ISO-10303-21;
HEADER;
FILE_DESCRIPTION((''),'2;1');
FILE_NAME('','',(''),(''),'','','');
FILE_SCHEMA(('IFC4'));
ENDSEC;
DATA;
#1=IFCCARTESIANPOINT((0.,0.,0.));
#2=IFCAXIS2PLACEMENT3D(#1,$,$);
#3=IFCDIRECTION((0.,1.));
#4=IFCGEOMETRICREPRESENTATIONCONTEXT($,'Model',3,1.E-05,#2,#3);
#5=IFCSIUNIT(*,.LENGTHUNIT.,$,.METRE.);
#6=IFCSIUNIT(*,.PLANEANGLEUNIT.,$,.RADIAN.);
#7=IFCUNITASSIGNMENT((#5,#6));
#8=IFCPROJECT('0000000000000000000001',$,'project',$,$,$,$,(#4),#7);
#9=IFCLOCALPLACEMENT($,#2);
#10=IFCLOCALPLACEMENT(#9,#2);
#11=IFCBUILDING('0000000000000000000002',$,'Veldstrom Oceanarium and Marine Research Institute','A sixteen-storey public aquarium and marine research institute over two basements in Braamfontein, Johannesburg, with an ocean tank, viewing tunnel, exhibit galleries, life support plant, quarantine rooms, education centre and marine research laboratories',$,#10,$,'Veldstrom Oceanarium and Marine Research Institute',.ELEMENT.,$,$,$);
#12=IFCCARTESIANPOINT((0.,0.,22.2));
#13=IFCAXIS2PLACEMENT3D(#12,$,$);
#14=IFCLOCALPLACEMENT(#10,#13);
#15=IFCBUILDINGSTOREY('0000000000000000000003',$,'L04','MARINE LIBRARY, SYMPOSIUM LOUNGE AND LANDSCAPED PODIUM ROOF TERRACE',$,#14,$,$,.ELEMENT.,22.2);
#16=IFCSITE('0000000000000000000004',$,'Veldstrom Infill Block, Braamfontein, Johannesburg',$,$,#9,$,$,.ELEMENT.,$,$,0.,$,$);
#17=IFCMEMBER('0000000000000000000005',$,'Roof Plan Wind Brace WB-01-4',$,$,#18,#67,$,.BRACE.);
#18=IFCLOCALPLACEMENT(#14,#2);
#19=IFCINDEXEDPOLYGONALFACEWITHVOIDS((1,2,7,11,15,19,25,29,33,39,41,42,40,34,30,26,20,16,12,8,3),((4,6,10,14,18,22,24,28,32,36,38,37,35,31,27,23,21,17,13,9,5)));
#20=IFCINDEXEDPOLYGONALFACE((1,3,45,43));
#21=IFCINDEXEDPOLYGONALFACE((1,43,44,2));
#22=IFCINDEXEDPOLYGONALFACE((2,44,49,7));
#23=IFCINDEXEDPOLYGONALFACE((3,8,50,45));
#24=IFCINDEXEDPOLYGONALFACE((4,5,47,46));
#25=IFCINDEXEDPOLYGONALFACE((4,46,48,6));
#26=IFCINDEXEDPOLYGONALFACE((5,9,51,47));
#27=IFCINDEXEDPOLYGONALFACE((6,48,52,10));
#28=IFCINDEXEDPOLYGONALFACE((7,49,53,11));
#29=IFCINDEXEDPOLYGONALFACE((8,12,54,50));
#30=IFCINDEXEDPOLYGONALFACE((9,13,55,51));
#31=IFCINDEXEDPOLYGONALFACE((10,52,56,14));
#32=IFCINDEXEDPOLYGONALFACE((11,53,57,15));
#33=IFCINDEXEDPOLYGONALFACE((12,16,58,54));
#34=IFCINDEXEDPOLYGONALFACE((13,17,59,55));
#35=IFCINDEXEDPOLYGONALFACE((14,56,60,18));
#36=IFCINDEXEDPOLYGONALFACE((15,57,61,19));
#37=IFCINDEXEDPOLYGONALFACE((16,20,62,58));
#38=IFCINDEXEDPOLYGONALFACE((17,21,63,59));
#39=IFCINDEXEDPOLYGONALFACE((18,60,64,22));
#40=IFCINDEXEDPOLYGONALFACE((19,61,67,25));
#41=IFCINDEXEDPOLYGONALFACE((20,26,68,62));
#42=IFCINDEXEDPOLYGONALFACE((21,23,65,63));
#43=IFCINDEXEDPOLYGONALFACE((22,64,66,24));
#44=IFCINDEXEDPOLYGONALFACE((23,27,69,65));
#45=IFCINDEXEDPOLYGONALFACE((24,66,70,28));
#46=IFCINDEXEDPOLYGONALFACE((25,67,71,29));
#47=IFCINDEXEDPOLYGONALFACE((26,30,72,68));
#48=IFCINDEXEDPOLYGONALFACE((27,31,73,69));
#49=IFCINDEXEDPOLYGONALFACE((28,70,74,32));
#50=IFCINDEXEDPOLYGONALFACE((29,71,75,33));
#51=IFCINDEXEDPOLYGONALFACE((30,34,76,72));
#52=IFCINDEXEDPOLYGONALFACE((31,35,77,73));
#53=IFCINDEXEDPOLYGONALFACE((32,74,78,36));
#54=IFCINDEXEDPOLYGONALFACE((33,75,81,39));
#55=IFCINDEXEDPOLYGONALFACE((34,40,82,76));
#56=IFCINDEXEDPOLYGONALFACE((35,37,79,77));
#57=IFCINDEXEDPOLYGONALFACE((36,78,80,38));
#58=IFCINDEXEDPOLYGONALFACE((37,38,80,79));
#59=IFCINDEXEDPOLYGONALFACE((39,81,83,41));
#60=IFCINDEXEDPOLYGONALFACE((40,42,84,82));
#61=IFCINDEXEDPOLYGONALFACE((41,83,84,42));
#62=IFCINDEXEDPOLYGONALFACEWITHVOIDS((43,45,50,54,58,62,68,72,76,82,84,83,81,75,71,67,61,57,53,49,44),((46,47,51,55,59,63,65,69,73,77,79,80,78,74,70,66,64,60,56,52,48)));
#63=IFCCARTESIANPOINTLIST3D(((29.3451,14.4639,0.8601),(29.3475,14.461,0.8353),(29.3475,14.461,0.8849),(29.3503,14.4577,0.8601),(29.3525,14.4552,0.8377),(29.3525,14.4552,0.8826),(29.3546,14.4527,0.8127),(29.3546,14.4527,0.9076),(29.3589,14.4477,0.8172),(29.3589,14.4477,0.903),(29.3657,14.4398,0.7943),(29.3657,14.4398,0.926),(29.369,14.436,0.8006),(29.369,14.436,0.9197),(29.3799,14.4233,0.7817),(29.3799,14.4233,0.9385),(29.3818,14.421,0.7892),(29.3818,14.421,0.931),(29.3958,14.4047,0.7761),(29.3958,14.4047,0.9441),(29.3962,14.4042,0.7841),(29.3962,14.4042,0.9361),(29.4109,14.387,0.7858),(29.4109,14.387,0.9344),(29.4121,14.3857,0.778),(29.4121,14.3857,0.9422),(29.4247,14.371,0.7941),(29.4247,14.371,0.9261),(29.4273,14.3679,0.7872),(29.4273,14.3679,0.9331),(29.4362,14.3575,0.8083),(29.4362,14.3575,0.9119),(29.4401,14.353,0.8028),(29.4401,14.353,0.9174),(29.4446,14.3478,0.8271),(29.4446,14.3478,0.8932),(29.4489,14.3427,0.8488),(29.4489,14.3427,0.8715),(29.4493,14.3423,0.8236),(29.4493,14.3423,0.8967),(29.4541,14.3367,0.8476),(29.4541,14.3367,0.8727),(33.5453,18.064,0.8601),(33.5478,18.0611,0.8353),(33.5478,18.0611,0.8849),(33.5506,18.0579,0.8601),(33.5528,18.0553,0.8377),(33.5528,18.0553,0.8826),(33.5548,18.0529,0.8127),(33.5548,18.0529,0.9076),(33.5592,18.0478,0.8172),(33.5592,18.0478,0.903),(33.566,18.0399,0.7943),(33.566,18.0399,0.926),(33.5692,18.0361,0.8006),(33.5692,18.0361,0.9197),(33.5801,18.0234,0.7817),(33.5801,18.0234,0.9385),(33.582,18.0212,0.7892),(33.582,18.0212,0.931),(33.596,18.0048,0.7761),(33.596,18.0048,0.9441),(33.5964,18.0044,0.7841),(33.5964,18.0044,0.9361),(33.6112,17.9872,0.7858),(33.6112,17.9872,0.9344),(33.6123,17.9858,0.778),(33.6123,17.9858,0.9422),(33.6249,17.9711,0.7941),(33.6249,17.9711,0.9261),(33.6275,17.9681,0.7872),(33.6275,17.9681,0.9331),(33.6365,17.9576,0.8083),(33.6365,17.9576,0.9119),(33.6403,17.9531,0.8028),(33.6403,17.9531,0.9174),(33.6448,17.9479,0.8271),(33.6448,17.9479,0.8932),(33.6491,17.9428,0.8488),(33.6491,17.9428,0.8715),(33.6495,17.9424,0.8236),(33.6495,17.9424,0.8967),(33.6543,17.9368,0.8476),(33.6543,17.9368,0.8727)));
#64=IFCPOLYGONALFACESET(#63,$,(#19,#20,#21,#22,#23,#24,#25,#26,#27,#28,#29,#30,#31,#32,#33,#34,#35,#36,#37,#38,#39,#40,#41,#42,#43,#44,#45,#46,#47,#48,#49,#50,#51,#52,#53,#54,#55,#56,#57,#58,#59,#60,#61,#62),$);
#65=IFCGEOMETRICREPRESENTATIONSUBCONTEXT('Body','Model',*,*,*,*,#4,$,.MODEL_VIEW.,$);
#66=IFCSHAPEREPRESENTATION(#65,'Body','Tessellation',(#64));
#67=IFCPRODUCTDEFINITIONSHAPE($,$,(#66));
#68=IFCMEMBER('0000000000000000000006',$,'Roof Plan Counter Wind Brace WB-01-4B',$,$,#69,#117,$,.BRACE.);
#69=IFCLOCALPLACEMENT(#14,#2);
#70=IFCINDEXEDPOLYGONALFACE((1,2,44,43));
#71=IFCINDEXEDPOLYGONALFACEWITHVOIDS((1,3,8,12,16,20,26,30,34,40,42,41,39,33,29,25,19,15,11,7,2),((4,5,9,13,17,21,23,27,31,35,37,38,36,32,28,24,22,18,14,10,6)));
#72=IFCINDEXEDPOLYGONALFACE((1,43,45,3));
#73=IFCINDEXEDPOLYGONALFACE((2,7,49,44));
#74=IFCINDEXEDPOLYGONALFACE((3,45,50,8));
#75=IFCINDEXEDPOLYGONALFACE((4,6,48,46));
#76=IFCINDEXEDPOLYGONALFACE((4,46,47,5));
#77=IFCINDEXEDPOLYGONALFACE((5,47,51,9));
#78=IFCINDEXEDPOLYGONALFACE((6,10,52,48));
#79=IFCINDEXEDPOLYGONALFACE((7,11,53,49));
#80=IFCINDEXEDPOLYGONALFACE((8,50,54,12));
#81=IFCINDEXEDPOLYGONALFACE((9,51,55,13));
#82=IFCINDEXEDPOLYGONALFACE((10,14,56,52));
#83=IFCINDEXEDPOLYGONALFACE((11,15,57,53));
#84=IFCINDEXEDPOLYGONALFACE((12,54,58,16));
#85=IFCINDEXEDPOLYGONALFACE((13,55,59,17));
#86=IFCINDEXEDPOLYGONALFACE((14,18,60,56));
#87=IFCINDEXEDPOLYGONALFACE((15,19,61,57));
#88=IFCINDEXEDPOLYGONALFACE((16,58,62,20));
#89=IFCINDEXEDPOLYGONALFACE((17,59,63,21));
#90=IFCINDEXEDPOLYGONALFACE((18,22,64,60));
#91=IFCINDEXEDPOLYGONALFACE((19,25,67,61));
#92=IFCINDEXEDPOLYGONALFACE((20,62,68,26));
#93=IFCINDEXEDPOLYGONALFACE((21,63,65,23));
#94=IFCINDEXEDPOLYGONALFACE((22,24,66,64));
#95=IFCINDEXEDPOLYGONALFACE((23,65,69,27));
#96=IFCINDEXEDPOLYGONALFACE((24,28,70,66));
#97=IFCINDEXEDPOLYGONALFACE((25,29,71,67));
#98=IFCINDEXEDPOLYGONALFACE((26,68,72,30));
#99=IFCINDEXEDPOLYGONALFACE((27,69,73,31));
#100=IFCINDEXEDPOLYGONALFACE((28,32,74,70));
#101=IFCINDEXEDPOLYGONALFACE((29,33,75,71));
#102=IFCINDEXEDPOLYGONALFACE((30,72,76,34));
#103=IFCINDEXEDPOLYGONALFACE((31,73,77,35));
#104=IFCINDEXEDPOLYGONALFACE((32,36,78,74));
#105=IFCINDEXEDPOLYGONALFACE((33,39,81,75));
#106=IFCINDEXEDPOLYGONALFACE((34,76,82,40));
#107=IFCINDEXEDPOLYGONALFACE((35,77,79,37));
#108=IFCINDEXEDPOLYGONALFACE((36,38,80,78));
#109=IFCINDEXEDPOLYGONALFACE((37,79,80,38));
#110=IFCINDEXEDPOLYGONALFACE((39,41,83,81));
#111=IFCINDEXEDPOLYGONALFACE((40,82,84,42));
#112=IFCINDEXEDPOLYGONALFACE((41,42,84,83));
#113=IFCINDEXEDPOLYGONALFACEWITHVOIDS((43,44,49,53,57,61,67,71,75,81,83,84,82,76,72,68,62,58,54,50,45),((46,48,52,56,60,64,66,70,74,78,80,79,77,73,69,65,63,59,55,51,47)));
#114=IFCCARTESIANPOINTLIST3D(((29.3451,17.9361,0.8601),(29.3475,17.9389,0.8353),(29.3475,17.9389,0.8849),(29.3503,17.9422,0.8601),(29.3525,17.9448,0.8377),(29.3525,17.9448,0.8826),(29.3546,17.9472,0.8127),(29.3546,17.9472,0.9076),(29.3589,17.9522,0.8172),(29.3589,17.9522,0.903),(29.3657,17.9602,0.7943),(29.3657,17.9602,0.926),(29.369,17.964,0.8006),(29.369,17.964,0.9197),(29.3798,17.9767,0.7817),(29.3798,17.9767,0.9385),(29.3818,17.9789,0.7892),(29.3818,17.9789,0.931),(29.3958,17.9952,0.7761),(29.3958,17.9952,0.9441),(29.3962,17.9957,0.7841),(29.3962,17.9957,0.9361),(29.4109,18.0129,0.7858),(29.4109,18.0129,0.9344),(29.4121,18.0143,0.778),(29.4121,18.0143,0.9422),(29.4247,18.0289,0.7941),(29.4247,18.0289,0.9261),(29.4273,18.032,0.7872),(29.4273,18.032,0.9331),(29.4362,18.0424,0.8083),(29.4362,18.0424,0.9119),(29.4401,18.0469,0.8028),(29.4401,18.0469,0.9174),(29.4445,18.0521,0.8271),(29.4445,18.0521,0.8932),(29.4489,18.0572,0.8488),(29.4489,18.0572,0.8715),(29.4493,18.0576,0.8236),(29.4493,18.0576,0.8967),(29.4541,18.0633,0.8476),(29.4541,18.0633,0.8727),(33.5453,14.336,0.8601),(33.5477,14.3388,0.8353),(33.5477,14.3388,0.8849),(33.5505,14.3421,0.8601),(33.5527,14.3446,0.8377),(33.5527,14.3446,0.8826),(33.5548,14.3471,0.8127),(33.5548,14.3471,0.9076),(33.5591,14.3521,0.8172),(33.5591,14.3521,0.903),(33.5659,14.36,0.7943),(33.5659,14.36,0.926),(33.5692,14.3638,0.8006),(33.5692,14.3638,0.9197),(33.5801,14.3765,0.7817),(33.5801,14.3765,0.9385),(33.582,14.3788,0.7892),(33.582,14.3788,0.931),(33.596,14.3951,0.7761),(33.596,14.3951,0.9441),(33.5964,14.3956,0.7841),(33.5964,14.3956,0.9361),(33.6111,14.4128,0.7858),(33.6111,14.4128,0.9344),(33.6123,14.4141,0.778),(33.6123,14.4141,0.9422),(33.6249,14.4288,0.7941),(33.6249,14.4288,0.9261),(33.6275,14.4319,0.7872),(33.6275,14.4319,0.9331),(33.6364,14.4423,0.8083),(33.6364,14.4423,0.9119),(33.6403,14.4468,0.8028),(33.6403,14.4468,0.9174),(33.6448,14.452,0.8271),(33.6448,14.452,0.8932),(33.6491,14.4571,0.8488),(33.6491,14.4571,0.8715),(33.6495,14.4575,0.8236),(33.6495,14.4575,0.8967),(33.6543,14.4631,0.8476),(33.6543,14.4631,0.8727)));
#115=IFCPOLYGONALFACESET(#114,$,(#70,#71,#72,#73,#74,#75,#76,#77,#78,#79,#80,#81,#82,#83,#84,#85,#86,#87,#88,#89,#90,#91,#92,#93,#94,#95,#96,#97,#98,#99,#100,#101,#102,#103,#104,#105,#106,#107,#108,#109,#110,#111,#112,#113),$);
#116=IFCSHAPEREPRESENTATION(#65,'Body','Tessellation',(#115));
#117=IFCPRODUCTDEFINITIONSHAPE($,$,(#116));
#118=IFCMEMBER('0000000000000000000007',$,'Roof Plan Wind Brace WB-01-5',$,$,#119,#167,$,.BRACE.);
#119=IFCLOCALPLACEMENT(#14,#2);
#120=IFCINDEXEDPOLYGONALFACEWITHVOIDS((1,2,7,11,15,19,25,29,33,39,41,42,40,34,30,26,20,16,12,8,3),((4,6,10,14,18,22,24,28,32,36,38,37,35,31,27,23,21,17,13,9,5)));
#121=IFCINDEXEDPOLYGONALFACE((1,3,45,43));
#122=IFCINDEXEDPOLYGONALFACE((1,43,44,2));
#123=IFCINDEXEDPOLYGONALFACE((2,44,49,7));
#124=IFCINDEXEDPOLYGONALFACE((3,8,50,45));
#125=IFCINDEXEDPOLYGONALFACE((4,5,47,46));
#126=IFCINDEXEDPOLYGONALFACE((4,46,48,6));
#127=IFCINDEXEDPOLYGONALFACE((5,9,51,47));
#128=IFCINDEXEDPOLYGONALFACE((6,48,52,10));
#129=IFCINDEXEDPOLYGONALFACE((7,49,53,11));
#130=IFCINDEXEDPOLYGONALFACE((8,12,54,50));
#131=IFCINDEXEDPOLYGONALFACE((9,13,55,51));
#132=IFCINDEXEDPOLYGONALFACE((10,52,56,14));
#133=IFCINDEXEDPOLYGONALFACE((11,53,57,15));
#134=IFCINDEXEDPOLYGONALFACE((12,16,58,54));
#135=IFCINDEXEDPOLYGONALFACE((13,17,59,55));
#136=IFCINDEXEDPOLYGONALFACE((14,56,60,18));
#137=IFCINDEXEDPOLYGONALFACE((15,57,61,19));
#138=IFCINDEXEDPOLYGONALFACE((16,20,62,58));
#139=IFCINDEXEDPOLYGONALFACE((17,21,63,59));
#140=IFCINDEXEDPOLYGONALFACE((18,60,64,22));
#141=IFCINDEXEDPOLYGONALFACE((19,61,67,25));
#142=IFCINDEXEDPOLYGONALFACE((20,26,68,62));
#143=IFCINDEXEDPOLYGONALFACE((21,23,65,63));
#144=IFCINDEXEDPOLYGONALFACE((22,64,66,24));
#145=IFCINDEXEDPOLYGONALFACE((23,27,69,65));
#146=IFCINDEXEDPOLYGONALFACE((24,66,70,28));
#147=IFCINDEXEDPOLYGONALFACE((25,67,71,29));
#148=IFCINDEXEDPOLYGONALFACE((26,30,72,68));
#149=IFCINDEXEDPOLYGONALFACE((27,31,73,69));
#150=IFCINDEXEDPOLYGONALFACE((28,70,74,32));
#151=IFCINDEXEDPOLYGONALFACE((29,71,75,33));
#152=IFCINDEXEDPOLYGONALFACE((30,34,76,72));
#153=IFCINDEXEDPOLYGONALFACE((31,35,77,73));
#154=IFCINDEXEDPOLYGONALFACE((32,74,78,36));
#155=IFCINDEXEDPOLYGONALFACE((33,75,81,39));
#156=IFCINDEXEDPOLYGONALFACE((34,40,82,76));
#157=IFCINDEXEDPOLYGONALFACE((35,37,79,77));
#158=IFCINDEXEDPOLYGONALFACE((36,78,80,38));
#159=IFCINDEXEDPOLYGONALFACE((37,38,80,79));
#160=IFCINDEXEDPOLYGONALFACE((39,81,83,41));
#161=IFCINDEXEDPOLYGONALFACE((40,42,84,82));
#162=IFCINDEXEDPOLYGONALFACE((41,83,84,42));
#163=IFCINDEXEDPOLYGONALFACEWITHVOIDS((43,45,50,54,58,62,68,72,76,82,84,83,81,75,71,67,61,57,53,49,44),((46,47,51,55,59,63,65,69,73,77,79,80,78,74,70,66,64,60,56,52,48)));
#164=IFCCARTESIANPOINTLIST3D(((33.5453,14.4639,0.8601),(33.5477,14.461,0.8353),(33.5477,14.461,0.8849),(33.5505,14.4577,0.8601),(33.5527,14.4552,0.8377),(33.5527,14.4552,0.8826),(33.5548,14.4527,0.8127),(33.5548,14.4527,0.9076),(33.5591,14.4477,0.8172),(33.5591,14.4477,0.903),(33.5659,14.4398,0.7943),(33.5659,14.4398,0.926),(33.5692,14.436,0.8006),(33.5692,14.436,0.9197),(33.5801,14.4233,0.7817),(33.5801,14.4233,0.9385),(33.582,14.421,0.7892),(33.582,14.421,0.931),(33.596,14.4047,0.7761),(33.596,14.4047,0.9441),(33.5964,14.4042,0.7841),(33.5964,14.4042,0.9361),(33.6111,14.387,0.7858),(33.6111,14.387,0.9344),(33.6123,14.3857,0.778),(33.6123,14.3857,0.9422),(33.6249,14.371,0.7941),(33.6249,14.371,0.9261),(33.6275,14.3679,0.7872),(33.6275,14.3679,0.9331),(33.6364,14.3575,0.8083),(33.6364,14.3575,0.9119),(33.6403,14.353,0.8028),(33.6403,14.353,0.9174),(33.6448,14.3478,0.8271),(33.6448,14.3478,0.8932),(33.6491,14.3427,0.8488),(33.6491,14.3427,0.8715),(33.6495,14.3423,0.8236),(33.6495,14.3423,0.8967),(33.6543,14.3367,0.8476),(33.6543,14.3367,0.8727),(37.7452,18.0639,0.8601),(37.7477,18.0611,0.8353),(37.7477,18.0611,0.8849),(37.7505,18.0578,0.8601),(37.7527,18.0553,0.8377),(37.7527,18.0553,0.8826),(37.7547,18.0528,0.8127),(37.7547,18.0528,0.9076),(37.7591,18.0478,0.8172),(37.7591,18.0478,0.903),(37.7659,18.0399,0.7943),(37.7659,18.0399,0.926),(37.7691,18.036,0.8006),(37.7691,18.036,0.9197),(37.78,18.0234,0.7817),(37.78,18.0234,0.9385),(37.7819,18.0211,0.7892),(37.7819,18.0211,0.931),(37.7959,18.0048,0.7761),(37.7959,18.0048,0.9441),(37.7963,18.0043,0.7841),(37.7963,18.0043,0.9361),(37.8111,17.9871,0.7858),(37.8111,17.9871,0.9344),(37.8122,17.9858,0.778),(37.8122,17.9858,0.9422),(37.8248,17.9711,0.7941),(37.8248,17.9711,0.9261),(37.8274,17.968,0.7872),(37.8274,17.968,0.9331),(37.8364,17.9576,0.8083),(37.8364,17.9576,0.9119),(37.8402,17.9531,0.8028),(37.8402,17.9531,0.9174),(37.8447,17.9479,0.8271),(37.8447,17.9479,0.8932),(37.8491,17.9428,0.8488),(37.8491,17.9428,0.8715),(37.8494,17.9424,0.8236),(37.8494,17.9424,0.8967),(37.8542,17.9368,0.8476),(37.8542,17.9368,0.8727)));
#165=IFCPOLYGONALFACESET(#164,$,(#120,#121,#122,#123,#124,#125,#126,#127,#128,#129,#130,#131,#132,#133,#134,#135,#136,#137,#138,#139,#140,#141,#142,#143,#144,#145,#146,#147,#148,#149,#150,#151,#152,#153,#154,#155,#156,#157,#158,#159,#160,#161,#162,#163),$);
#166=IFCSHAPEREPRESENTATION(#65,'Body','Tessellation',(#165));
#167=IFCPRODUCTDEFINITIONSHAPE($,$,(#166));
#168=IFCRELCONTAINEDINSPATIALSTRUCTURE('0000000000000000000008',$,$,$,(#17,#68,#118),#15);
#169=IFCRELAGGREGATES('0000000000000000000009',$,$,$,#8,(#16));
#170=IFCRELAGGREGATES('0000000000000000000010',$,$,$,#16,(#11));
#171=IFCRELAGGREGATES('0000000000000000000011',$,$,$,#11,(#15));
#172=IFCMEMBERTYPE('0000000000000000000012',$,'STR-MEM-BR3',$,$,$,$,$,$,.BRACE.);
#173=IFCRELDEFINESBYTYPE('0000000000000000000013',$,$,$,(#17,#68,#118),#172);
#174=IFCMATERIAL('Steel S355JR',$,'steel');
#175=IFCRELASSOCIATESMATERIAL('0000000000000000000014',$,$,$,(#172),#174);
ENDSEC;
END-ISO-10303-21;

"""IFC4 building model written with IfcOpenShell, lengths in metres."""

from ifc_helpers import new_model, si_unit, direction, frame, origin, origin_2d, place, context, subcontext, project, spatial, hollow_circle, extrude, material, material_profile, profile_set, type_object, element, save


model = new_model("IFC4")

# Units and contexts
model_context = context("Model", 3, precision=1e-05, world=origin(), true_north=direction((0.0, 1.0)))
body_context = subcontext(model_context, "Body", "Model", "MODEL_VIEW")
ifc_project = project(units=[si_unit("LENGTHUNIT", "METRE"), si_unit("PLANEANGLEUNIT", "RADIAN")], contexts=[model_context])

# Site, building, storey
site_placement = place(None, origin())
site = spatial("IfcSite", under=ifc_project, at=site_placement, Name="Veldstrom Infill Block, Braamfontein, Johannesburg", CompositionType="ELEMENT", RefElevation=0.0)
building_placement = place(site_placement, origin())
building = spatial("IfcBuilding", under=site, at=building_placement, Name="Veldstrom Oceanarium and Marine Research Institute", Description="A sixteen-storey public aquarium and marine research institute over two basements in Braamfontein, Johannesburg, with an ocean tank, viewing tunnel, exhibit galleries, life support plant, quarantine rooms, education centre and marine research laboratories", LongName="Veldstrom Oceanarium and Marine Research Institute", CompositionType="ELEMENT")
storey_placement = place(building_placement, frame((0.0, 0.0, 22.2)))
storey = spatial("IfcBuildingStorey", under=building, at=storey_placement, Name="L04", Description="MARINE LIBRARY, SYMPOSIUM LOUNGE AND LANDSCAPED PODIUM ROOF TERRACE", CompositionType="ELEMENT", Elevation=22.2)

# Members
ifc_material_1 = material(Name="Steel S355JR", Category="steel")
ifc_material_profile_1 = material_profile(ifc_material_1, hollow_circle(Radius=0.0842, WallThickness=0.0081, at=origin_2d()), Name="CHS 168.3x8")
ifc_profile_set_1 = profile_set([ifc_material_profile_1], Name="Steel S355JR")
member_type_1 = type_object("IfcMemberType", Name="STR-MEM-BR3", PredefinedType="BRACE", material=ifc_profile_set_1)
for number, where, z_axis, x_axis, name in (
    (1, (29.3999, 14.3999, 0.8601), (0.759263, 0.650784, 0.0), (-0.650784, 0.759263, 0.0), "Roof Plan Wind Brace WB-01-4"),
    (2, (33.6001, 14.3999, 0.8601), (-0.759263, 0.650784, 0.0), (-0.650784, -0.759263, 0.0), "Roof Plan Counter Wind Brace WB-01-4B"),
):
    element("IfcMember", number, at=place(storey_placement, frame(where, z_axis=z_axis, x_axis=x_axis)), inside=storey, type_object=member_type_1, Name=name, PredefinedType="BRACE", context=body_context, shape_type="SweptSolid", body=[
        extrude(hollow_circle(Radius=0.0842, WallThickness=0.0081, at=origin_2d()), origin(), (0.0, 0.0, 1.0), 5.532),
    ])
for number, where, z_axis, x_axis, name in (
    (3, (33.6001, 14.3999, 0.8601), (0.759244, 0.650806, 0.0), (-0.650806, 0.759244, 0.0), "Roof Plan Wind Brace WB-01-5"),
):
    element("IfcMember", number, at=place(storey_placement, frame(where, z_axis=z_axis, x_axis=x_axis)), inside=storey, type_object=member_type_1, Name=name, PredefinedType="BRACE", context=body_context, shape_type="SweptSolid", body=[
        extrude(hollow_circle(Radius=0.0842, WallThickness=0.0081, at=origin_2d()), origin(), (0.0, 0.0, 1.0), 5.5317),
    ])

save(model, "model.ifc")
